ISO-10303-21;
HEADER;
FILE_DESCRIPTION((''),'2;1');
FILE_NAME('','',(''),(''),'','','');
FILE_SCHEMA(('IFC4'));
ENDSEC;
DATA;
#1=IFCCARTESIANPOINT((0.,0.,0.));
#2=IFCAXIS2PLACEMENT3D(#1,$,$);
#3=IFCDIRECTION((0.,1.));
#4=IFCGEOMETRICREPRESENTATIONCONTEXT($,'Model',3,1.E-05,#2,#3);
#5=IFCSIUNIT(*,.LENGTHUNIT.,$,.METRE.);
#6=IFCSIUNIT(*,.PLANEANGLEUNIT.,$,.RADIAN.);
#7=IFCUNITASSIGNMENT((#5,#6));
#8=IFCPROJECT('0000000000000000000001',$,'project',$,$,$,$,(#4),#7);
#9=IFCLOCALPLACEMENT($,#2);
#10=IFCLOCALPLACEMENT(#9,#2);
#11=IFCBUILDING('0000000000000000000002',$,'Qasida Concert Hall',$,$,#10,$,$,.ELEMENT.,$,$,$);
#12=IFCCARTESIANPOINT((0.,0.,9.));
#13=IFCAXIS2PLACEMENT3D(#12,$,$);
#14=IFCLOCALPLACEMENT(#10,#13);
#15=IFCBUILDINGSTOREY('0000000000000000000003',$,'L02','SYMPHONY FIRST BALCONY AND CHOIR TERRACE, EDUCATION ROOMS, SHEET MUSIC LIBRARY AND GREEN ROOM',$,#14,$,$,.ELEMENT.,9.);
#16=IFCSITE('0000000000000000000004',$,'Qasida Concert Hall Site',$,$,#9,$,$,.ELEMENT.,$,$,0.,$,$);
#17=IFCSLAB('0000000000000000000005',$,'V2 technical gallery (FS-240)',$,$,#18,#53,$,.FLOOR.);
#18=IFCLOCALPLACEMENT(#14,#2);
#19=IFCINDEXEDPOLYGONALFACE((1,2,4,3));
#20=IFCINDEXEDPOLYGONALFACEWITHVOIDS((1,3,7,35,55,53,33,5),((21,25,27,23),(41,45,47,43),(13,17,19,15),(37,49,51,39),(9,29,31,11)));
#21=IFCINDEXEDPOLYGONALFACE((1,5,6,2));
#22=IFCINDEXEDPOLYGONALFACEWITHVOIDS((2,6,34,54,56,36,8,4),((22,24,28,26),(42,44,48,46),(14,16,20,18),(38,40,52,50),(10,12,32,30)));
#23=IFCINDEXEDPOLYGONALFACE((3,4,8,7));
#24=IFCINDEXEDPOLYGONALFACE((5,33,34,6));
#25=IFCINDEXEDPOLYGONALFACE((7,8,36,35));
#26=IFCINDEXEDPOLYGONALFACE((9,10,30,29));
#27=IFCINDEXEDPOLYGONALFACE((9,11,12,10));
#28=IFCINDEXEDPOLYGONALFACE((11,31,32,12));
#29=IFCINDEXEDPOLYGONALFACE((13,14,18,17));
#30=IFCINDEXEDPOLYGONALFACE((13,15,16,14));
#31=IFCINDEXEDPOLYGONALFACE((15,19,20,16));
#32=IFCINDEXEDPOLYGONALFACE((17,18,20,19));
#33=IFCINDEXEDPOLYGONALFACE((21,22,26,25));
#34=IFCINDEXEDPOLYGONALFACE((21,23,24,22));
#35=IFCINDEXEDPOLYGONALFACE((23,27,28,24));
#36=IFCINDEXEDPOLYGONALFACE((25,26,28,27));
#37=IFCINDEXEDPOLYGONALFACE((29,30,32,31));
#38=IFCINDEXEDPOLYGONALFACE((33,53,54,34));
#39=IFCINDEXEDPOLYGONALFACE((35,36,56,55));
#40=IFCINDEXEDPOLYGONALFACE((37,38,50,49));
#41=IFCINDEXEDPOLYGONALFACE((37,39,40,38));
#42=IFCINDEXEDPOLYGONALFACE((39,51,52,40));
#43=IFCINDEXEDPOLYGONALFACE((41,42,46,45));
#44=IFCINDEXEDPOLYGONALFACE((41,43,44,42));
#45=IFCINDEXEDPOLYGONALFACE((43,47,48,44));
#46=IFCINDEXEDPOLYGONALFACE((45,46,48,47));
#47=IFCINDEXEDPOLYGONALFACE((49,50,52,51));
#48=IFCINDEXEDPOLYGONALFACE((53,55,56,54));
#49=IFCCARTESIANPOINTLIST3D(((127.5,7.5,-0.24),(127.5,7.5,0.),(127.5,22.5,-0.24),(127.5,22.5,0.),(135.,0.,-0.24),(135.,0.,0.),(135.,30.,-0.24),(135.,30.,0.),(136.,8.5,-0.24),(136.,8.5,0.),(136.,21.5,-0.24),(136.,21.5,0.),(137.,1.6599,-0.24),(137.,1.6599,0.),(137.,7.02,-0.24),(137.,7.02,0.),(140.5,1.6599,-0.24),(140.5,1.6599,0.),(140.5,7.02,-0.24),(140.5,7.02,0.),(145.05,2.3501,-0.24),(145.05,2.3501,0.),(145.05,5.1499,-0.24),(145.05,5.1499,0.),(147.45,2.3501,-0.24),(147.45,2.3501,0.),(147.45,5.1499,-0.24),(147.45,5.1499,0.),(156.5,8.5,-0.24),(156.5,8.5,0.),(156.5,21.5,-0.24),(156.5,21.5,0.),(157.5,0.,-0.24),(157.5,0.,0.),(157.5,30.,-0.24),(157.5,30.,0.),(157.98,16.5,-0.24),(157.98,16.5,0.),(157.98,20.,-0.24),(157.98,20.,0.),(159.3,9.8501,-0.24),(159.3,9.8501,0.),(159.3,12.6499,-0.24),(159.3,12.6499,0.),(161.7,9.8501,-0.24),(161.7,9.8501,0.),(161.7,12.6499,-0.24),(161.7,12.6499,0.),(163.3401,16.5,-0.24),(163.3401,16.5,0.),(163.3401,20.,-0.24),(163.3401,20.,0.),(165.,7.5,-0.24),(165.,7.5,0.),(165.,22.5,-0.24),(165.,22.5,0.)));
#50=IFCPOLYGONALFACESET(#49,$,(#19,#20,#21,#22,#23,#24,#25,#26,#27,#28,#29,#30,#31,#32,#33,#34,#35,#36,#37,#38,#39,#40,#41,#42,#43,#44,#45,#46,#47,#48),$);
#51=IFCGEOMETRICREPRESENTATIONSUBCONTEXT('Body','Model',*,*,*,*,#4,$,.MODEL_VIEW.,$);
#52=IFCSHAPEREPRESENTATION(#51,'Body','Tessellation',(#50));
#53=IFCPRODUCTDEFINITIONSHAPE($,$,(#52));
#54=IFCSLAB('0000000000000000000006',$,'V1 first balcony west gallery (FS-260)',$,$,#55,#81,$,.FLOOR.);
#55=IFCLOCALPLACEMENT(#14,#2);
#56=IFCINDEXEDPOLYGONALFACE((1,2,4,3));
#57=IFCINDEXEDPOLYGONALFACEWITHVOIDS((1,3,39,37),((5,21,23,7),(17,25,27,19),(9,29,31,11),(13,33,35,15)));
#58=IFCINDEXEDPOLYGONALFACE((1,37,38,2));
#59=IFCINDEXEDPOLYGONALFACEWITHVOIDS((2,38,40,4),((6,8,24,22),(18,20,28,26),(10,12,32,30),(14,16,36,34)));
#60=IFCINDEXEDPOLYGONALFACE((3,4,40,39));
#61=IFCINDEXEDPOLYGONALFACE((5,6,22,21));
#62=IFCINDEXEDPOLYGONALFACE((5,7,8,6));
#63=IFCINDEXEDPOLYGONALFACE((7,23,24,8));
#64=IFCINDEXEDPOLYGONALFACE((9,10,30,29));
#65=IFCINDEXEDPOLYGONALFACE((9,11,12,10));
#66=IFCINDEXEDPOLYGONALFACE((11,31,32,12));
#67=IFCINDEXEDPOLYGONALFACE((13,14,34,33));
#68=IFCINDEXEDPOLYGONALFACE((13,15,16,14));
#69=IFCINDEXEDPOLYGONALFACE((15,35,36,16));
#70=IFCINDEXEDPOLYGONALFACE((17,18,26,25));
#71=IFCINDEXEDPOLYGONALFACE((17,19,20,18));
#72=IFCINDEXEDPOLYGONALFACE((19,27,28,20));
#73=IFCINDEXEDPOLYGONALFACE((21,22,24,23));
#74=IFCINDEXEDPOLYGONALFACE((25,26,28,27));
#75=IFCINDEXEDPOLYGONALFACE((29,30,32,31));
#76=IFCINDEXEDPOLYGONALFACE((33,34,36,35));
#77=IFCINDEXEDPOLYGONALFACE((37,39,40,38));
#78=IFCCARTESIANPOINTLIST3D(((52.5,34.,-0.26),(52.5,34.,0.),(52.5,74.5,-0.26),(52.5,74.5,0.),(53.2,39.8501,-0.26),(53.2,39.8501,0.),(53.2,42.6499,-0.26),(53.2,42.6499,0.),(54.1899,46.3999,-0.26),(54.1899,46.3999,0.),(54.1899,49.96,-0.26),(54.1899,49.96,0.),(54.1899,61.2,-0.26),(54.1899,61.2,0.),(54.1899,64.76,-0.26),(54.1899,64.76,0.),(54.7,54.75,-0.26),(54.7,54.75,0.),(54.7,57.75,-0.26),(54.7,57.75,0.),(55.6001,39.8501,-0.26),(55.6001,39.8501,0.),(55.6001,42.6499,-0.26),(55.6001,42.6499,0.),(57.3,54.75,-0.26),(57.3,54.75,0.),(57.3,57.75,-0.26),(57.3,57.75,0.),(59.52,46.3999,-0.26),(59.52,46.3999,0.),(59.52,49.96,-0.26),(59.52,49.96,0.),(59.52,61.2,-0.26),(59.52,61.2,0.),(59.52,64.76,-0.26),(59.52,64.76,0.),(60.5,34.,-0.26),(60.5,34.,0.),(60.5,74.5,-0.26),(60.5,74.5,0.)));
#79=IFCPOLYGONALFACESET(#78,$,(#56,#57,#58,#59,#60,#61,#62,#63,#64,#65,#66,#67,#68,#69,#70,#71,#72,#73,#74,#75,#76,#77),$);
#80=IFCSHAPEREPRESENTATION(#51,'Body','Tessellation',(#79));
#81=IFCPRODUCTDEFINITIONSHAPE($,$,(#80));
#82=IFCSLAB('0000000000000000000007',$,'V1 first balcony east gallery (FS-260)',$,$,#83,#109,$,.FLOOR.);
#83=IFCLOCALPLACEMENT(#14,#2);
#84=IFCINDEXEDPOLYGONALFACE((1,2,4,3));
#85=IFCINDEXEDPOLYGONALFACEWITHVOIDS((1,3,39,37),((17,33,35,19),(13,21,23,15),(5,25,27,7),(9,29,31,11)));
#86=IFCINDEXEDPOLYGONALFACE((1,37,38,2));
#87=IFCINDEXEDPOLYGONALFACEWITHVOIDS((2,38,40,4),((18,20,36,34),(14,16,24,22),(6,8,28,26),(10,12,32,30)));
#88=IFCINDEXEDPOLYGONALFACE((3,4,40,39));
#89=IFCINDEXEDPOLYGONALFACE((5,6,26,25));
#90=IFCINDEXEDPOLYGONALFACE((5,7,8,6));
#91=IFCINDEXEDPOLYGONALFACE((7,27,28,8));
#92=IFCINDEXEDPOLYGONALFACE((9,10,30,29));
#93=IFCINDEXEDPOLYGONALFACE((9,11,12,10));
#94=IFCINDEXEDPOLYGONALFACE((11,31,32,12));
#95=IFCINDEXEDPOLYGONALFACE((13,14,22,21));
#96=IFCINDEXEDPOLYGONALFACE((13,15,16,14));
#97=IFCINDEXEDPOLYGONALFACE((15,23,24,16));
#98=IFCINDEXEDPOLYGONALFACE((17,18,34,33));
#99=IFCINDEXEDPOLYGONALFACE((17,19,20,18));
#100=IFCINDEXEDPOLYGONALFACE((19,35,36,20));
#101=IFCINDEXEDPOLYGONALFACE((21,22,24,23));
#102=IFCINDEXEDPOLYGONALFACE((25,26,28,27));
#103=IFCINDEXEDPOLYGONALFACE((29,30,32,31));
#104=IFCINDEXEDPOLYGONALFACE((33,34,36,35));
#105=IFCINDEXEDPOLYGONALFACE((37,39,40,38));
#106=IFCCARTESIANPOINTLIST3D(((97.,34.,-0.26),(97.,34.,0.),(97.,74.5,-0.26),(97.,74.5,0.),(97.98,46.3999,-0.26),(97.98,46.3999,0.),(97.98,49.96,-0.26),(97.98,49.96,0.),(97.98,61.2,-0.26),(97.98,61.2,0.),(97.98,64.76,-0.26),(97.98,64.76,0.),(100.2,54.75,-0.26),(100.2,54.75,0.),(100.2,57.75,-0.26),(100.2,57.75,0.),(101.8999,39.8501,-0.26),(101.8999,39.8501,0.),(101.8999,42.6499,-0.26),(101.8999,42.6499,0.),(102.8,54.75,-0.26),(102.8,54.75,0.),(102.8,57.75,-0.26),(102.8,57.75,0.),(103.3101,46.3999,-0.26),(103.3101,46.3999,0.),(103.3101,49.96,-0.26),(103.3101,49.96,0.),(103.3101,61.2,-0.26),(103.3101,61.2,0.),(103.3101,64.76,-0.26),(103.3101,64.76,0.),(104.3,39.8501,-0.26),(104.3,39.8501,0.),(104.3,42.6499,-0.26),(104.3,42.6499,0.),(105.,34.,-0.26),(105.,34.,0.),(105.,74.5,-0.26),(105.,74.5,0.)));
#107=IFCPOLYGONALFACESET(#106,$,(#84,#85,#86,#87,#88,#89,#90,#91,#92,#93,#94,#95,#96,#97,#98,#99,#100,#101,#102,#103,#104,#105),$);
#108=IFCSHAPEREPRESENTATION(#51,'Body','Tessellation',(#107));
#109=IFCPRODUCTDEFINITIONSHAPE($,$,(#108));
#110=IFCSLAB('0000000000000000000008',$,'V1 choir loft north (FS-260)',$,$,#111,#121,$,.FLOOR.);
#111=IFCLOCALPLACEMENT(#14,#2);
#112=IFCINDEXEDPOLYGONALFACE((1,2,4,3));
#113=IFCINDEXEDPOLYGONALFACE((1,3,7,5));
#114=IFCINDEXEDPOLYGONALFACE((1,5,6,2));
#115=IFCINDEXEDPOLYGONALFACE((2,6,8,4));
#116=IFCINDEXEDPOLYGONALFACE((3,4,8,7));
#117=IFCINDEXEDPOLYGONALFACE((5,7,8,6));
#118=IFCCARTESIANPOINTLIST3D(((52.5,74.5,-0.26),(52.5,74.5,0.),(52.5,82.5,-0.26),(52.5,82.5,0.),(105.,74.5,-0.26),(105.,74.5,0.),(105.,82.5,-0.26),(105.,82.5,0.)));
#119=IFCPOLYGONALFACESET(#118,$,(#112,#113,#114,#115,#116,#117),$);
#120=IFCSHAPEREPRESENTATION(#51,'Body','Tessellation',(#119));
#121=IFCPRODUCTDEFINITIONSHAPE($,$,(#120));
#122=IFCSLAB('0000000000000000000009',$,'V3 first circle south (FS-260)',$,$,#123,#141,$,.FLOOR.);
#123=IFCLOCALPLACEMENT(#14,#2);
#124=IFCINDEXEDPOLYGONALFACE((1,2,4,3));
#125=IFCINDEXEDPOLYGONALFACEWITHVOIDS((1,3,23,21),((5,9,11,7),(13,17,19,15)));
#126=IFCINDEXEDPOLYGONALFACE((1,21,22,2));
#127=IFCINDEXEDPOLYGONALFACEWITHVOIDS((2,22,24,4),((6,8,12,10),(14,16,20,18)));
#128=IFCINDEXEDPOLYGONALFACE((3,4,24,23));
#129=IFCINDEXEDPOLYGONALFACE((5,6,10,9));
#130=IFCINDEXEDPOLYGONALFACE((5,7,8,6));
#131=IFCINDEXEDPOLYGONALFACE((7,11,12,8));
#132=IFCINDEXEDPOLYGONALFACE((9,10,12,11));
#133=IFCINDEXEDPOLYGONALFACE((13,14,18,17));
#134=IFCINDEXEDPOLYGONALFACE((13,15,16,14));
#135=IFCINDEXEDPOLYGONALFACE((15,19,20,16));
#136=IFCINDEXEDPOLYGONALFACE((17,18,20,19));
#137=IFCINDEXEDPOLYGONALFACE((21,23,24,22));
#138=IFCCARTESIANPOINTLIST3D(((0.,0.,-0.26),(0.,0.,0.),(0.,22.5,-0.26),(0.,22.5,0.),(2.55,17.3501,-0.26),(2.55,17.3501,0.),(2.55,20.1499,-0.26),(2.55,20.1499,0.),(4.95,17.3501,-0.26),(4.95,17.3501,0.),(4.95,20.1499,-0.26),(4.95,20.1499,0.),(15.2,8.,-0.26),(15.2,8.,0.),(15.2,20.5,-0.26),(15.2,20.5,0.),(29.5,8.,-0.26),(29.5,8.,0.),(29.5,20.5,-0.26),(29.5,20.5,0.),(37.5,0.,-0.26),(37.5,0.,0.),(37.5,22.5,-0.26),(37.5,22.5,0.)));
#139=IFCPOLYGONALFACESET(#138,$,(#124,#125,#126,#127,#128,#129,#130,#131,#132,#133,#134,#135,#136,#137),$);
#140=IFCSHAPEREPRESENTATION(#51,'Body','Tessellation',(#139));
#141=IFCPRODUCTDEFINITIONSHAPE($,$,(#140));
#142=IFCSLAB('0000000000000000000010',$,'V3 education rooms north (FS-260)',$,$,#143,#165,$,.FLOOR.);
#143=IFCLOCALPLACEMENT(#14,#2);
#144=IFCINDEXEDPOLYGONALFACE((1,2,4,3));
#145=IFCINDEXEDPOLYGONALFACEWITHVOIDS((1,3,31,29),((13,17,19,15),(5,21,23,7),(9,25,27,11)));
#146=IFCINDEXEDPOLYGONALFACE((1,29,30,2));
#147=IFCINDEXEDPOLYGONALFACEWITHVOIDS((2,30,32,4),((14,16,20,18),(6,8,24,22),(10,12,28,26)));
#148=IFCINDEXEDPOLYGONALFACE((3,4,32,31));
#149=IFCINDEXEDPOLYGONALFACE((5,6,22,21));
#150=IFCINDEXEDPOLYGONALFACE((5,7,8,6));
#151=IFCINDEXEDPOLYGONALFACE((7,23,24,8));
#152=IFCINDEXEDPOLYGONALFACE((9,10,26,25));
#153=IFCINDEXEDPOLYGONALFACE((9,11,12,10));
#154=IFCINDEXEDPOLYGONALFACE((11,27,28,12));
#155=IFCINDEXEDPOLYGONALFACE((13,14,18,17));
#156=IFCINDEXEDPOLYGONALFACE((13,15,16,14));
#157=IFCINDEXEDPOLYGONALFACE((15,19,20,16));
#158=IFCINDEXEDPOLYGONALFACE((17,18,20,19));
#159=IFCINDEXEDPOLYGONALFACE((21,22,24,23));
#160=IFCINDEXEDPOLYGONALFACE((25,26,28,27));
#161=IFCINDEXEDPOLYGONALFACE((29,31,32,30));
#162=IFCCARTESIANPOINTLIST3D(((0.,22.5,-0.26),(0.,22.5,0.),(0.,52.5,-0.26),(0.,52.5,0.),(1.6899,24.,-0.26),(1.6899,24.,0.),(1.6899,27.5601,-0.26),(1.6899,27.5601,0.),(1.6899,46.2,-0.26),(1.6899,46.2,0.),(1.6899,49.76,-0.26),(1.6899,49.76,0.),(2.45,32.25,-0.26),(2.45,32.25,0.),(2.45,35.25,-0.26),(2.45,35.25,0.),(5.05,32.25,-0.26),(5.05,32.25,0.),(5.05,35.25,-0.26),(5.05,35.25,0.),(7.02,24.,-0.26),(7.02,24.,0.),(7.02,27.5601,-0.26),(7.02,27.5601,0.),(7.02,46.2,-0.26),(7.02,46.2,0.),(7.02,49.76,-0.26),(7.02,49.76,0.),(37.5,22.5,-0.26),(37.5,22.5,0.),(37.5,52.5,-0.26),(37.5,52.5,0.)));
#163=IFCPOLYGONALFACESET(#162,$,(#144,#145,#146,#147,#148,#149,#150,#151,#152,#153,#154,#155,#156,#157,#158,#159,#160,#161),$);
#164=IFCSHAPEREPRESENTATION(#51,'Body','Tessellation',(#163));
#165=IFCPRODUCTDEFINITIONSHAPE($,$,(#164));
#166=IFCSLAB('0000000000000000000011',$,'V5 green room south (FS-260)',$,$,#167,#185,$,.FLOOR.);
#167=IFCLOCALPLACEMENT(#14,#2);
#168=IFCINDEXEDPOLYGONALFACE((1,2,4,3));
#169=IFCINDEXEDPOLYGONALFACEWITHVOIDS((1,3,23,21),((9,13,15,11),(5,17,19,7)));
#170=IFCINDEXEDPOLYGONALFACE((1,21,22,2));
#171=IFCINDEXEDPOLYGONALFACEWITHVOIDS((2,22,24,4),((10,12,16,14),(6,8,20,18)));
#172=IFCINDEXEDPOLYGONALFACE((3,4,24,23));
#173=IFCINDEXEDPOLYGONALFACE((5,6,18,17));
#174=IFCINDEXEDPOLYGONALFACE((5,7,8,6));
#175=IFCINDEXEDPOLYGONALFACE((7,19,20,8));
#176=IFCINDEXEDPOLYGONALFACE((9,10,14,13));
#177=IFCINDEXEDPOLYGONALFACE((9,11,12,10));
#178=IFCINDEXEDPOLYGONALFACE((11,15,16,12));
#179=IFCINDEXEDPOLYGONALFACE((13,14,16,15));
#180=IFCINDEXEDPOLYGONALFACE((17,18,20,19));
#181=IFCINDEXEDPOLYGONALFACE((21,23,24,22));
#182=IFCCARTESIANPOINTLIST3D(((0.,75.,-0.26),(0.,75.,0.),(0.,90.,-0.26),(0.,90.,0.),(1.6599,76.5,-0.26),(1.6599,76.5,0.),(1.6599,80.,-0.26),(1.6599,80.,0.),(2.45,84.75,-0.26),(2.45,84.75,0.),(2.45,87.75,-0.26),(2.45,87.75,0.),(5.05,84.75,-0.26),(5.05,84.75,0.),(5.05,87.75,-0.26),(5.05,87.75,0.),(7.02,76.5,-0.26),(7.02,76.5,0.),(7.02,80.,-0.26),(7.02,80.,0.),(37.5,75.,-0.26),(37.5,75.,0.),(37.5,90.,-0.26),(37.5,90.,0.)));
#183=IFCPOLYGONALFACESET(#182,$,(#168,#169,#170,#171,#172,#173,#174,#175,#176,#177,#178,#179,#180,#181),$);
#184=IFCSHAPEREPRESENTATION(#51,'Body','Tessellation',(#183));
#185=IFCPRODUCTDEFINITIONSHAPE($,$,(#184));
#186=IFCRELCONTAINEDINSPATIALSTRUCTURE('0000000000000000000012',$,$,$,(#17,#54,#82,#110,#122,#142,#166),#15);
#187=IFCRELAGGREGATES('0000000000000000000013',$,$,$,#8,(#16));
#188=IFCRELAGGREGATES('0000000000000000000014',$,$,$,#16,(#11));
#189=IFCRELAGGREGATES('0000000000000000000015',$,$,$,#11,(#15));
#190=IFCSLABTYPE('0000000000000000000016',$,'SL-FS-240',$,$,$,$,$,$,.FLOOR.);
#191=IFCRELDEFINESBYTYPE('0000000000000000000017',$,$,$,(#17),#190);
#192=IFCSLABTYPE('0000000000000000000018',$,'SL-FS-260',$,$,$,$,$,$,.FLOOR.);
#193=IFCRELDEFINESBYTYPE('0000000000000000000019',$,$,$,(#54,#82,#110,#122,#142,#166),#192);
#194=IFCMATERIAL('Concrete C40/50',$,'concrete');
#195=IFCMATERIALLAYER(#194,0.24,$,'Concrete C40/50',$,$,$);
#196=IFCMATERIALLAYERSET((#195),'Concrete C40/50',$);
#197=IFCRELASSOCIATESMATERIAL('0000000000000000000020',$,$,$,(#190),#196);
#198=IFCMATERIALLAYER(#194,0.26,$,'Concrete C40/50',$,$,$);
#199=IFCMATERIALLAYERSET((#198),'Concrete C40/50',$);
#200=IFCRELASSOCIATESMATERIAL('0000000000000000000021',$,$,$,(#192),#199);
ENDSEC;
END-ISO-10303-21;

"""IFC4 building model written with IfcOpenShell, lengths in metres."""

from ifc_helpers import new_model, si_unit, direction, frame, origin, place, context, subcontext, project, spatial, polyline, outline, extrude, material, layer, layer_set, type_object, element, save


model = new_model("IFC4")

# Units and contexts
model_context = context("Model", 3, precision=1e-05, world=origin(), true_north=direction((0.0, 1.0)))
body_context = subcontext(model_context, "Body", "Model", "MODEL_VIEW")
ifc_project = project(units=[si_unit("LENGTHUNIT", "METRE"), si_unit("PLANEANGLEUNIT", "RADIAN")], contexts=[model_context])

# Site, building, storey
site_placement = place(None, origin())
site = spatial("IfcSite", under=ifc_project, at=site_placement, Name="Qasida Concert Hall Site", CompositionType="ELEMENT", RefElevation=0.0)
building_placement = place(site_placement, origin())
building = spatial("IfcBuilding", under=site, at=building_placement, Name="Qasida Concert Hall", CompositionType="ELEMENT")
storey_placement = place(building_placement, frame((0.0, 0.0, 9.0)))
storey = spatial("IfcBuildingStorey", under=building, at=storey_placement, Name="L02", Description="SYMPHONY FIRST BALCONY AND CHOIR TERRACE, EDUCATION ROOMS, SHEET MUSIC LIBRARY AND GREEN ROOM", CompositionType="ELEMENT", Elevation=9.0)

# Slabs
ifc_material_1 = material(Name="Concrete C40/50", Category="concrete")
ifc_layer_1 = layer(ifc_material_1, 0.24, Name="Concrete C40/50")
ifc_layer_set_1 = layer_set([ifc_layer_1], Name="Concrete C40/50")
slab_type_1 = type_object("IfcSlabType", Name="SL-FS-240", PredefinedType="FLOOR", material=ifc_layer_set_1)
slab_1_placement = place(storey_placement, frame((0.0, 0.0, -0.24)))
element("IfcSlab", 1, at=slab_1_placement, inside=storey, type_object=slab_type_1, Name="V2 technical gallery (FS-240)", PredefinedType="FLOOR", context=body_context, shape_type="SweptSolid", body=[
    extrude(outline(polyline([(135.0, 0.0), (157.5, 0.0), (165.0, 7.5), (165.0, 22.5), (157.5, 30.0), (135.0, 30.0), (127.5, 22.5), (127.5, 7.5), (135.0, 0.0)]), holes=[polyline([(137.0, 1.6599), (140.5, 1.6599), (140.5, 7.02), (137.0, 7.02), (137.0, 1.6599)]), polyline([(145.05, 2.3501), (147.45, 2.3501), (147.45, 5.1499), (145.05, 5.1499), (145.05, 2.3501)]), polyline([(136.0, 8.5), (156.5, 8.5), (156.5, 21.5), (136.0, 21.5), (136.0, 8.5)]), polyline([(159.3, 9.8501), (161.7, 9.8501), (161.7, 12.6499), (159.3, 12.6499), (159.3, 9.8501)]), polyline([(157.98, 16.5), (163.3401, 16.5), (163.3401, 20.0), (157.98, 20.0), (157.98, 16.5)])]), origin(), (0.0, 0.0, 1.0), 0.24),
])
ifc_layer_2 = layer(ifc_material_1, 0.26, Name="Concrete C40/50")
ifc_layer_set_2 = layer_set([ifc_layer_2], Name="Concrete C40/50")
slab_type_2 = type_object("IfcSlabType", Name="SL-FS-260", PredefinedType="FLOOR", material=ifc_layer_set_2)
slab_2_placement = place(storey_placement, frame((0.0, 0.0, -0.26)))
element("IfcSlab", 2, at=slab_2_placement, inside=storey, type_object=slab_type_2, Name="V1 first balcony west gallery (FS-260)", PredefinedType="FLOOR", context=body_context, shape_type="SweptSolid", body=[
    extrude(outline(polyline([(52.5, 34.0), (60.5, 34.0), (60.5, 74.5), (52.5, 74.5), (52.5, 34.0)]), holes=[polyline([(53.2, 39.8501), (55.6001, 39.8501), (55.6001, 42.6499), (53.2, 42.6499), (53.2, 39.8501)]), polyline([(54.1899, 46.3999), (59.52, 46.3999), (59.52, 49.96), (54.1899, 49.96), (54.1899, 46.3999)]), polyline([(54.7, 54.75), (57.3, 54.75), (57.3, 57.75), (54.7, 57.75), (54.7, 54.75)]), polyline([(54.1899, 61.2), (59.52, 61.2), (59.52, 64.76), (54.1899, 64.76), (54.1899, 61.2)])]), origin(), (0.0, 0.0, 1.0), 0.26),
])
slab_3_placement = place(storey_placement, frame((0.0, 0.0, -0.26)))
element("IfcSlab", 3, at=slab_3_placement, inside=storey, type_object=slab_type_2, Name="V1 first balcony east gallery (FS-260)", PredefinedType="FLOOR", context=body_context, shape_type="SweptSolid", body=[
    extrude(outline(polyline([(97.0, 34.0), (105.0, 34.0), (105.0, 74.5), (97.0, 74.5), (97.0, 34.0)]), holes=[polyline([(101.8999, 39.8501), (104.3, 39.8501), (104.3, 42.6499), (101.8999, 42.6499), (101.8999, 39.8501)]), polyline([(97.98, 46.3999), (103.3101, 46.3999), (103.3101, 49.96), (97.98, 49.96), (97.98, 46.3999)]), polyline([(100.2, 54.75), (102.8, 54.75), (102.8, 57.75), (100.2, 57.75), (100.2, 54.75)]), polyline([(97.98, 61.2), (103.3101, 61.2), (103.3101, 64.76), (97.98, 64.76), (97.98, 61.2)])]), origin(), (0.0, 0.0, 1.0), 0.26),
])
slab_4_placement = place(storey_placement, frame((0.0, 0.0, -0.26)))
element("IfcSlab", 4, at=slab_4_placement, inside=storey, type_object=slab_type_2, Name="V1 choir loft north (FS-260)", PredefinedType="FLOOR", context=body_context, shape_type="SweptSolid", body=[
    extrude(outline(polyline([(52.5, 74.5), (105.0, 74.5), (105.0, 82.5), (52.5, 82.5), (52.5, 74.5)])), origin(), (0.0, 0.0, 1.0), 0.26),
])
slab_5_placement = place(storey_placement, frame((0.0, 0.0, -0.26)))
element("IfcSlab", 5, at=slab_5_placement, inside=storey, type_object=slab_type_2, Name="V3 first circle south (FS-260)", PredefinedType="FLOOR", context=body_context, shape_type="SweptSolid", body=[
    extrude(outline(polyline([(0.0, 0.0), (37.5, 0.0), (37.5, 22.5), (0.0, 22.5), (0.0, 0.0)]), holes=[polyline([(15.2, 8.0), (29.5, 8.0), (29.5, 20.5), (15.2, 20.5), (15.2, 8.0)]), polyline([(2.55, 17.3501), (4.95, 17.3501), (4.95, 20.1499), (2.55, 20.1499), (2.55, 17.3501)])]), origin(), (0.0, 0.0, 1.0), 0.26),
])
slab_6_placement = place(storey_placement, frame((0.0, 0.0, -0.26)))
element("IfcSlab", 6, at=slab_6_placement, inside=storey, type_object=slab_type_2, Name="V3 education rooms north (FS-260)", PredefinedType="FLOOR", context=body_context, shape_type="SweptSolid", body=[
    extrude(outline(polyline([(0.0, 22.5), (37.5, 22.5), (37.5, 52.5), (0.0, 52.5), (0.0, 22.5)]), holes=[polyline([(1.6899, 24.0), (7.02, 24.0), (7.02, 27.5601), (1.6899, 27.5601), (1.6899, 24.0)]), polyline([(2.45, 32.25), (5.05, 32.25), (5.05, 35.25), (2.45, 35.25), (2.45, 32.25)]), polyline([(1.6899, 46.2), (7.02, 46.2), (7.02, 49.76), (1.6899, 49.76), (1.6899, 46.2)])]), origin(), (0.0, 0.0, 1.0), 0.26),
])
slab_7_placement = place(storey_placement, frame((0.0, 0.0, -0.26)))
element("IfcSlab", 7, at=slab_7_placement, inside=storey, type_object=slab_type_2, Name="V5 green room south (FS-260)", PredefinedType="FLOOR", context=body_context, shape_type="SweptSolid", body=[
    extrude(outline(polyline([(0.0, 75.0), (37.5, 75.0), (37.5, 90.0), (0.0, 90.0), (0.0, 75.0)]), holes=[polyline([(1.6599, 76.5), (7.02, 76.5), (7.02, 80.0), (1.6599, 80.0), (1.6599, 76.5)]), polyline([(2.45, 84.75), (5.05, 84.75), (5.05, 87.75), (2.45, 87.75), (2.45, 84.75)])]), origin(), (0.0, 0.0, 1.0), 0.26),
])

save(model, "model.ifc")
